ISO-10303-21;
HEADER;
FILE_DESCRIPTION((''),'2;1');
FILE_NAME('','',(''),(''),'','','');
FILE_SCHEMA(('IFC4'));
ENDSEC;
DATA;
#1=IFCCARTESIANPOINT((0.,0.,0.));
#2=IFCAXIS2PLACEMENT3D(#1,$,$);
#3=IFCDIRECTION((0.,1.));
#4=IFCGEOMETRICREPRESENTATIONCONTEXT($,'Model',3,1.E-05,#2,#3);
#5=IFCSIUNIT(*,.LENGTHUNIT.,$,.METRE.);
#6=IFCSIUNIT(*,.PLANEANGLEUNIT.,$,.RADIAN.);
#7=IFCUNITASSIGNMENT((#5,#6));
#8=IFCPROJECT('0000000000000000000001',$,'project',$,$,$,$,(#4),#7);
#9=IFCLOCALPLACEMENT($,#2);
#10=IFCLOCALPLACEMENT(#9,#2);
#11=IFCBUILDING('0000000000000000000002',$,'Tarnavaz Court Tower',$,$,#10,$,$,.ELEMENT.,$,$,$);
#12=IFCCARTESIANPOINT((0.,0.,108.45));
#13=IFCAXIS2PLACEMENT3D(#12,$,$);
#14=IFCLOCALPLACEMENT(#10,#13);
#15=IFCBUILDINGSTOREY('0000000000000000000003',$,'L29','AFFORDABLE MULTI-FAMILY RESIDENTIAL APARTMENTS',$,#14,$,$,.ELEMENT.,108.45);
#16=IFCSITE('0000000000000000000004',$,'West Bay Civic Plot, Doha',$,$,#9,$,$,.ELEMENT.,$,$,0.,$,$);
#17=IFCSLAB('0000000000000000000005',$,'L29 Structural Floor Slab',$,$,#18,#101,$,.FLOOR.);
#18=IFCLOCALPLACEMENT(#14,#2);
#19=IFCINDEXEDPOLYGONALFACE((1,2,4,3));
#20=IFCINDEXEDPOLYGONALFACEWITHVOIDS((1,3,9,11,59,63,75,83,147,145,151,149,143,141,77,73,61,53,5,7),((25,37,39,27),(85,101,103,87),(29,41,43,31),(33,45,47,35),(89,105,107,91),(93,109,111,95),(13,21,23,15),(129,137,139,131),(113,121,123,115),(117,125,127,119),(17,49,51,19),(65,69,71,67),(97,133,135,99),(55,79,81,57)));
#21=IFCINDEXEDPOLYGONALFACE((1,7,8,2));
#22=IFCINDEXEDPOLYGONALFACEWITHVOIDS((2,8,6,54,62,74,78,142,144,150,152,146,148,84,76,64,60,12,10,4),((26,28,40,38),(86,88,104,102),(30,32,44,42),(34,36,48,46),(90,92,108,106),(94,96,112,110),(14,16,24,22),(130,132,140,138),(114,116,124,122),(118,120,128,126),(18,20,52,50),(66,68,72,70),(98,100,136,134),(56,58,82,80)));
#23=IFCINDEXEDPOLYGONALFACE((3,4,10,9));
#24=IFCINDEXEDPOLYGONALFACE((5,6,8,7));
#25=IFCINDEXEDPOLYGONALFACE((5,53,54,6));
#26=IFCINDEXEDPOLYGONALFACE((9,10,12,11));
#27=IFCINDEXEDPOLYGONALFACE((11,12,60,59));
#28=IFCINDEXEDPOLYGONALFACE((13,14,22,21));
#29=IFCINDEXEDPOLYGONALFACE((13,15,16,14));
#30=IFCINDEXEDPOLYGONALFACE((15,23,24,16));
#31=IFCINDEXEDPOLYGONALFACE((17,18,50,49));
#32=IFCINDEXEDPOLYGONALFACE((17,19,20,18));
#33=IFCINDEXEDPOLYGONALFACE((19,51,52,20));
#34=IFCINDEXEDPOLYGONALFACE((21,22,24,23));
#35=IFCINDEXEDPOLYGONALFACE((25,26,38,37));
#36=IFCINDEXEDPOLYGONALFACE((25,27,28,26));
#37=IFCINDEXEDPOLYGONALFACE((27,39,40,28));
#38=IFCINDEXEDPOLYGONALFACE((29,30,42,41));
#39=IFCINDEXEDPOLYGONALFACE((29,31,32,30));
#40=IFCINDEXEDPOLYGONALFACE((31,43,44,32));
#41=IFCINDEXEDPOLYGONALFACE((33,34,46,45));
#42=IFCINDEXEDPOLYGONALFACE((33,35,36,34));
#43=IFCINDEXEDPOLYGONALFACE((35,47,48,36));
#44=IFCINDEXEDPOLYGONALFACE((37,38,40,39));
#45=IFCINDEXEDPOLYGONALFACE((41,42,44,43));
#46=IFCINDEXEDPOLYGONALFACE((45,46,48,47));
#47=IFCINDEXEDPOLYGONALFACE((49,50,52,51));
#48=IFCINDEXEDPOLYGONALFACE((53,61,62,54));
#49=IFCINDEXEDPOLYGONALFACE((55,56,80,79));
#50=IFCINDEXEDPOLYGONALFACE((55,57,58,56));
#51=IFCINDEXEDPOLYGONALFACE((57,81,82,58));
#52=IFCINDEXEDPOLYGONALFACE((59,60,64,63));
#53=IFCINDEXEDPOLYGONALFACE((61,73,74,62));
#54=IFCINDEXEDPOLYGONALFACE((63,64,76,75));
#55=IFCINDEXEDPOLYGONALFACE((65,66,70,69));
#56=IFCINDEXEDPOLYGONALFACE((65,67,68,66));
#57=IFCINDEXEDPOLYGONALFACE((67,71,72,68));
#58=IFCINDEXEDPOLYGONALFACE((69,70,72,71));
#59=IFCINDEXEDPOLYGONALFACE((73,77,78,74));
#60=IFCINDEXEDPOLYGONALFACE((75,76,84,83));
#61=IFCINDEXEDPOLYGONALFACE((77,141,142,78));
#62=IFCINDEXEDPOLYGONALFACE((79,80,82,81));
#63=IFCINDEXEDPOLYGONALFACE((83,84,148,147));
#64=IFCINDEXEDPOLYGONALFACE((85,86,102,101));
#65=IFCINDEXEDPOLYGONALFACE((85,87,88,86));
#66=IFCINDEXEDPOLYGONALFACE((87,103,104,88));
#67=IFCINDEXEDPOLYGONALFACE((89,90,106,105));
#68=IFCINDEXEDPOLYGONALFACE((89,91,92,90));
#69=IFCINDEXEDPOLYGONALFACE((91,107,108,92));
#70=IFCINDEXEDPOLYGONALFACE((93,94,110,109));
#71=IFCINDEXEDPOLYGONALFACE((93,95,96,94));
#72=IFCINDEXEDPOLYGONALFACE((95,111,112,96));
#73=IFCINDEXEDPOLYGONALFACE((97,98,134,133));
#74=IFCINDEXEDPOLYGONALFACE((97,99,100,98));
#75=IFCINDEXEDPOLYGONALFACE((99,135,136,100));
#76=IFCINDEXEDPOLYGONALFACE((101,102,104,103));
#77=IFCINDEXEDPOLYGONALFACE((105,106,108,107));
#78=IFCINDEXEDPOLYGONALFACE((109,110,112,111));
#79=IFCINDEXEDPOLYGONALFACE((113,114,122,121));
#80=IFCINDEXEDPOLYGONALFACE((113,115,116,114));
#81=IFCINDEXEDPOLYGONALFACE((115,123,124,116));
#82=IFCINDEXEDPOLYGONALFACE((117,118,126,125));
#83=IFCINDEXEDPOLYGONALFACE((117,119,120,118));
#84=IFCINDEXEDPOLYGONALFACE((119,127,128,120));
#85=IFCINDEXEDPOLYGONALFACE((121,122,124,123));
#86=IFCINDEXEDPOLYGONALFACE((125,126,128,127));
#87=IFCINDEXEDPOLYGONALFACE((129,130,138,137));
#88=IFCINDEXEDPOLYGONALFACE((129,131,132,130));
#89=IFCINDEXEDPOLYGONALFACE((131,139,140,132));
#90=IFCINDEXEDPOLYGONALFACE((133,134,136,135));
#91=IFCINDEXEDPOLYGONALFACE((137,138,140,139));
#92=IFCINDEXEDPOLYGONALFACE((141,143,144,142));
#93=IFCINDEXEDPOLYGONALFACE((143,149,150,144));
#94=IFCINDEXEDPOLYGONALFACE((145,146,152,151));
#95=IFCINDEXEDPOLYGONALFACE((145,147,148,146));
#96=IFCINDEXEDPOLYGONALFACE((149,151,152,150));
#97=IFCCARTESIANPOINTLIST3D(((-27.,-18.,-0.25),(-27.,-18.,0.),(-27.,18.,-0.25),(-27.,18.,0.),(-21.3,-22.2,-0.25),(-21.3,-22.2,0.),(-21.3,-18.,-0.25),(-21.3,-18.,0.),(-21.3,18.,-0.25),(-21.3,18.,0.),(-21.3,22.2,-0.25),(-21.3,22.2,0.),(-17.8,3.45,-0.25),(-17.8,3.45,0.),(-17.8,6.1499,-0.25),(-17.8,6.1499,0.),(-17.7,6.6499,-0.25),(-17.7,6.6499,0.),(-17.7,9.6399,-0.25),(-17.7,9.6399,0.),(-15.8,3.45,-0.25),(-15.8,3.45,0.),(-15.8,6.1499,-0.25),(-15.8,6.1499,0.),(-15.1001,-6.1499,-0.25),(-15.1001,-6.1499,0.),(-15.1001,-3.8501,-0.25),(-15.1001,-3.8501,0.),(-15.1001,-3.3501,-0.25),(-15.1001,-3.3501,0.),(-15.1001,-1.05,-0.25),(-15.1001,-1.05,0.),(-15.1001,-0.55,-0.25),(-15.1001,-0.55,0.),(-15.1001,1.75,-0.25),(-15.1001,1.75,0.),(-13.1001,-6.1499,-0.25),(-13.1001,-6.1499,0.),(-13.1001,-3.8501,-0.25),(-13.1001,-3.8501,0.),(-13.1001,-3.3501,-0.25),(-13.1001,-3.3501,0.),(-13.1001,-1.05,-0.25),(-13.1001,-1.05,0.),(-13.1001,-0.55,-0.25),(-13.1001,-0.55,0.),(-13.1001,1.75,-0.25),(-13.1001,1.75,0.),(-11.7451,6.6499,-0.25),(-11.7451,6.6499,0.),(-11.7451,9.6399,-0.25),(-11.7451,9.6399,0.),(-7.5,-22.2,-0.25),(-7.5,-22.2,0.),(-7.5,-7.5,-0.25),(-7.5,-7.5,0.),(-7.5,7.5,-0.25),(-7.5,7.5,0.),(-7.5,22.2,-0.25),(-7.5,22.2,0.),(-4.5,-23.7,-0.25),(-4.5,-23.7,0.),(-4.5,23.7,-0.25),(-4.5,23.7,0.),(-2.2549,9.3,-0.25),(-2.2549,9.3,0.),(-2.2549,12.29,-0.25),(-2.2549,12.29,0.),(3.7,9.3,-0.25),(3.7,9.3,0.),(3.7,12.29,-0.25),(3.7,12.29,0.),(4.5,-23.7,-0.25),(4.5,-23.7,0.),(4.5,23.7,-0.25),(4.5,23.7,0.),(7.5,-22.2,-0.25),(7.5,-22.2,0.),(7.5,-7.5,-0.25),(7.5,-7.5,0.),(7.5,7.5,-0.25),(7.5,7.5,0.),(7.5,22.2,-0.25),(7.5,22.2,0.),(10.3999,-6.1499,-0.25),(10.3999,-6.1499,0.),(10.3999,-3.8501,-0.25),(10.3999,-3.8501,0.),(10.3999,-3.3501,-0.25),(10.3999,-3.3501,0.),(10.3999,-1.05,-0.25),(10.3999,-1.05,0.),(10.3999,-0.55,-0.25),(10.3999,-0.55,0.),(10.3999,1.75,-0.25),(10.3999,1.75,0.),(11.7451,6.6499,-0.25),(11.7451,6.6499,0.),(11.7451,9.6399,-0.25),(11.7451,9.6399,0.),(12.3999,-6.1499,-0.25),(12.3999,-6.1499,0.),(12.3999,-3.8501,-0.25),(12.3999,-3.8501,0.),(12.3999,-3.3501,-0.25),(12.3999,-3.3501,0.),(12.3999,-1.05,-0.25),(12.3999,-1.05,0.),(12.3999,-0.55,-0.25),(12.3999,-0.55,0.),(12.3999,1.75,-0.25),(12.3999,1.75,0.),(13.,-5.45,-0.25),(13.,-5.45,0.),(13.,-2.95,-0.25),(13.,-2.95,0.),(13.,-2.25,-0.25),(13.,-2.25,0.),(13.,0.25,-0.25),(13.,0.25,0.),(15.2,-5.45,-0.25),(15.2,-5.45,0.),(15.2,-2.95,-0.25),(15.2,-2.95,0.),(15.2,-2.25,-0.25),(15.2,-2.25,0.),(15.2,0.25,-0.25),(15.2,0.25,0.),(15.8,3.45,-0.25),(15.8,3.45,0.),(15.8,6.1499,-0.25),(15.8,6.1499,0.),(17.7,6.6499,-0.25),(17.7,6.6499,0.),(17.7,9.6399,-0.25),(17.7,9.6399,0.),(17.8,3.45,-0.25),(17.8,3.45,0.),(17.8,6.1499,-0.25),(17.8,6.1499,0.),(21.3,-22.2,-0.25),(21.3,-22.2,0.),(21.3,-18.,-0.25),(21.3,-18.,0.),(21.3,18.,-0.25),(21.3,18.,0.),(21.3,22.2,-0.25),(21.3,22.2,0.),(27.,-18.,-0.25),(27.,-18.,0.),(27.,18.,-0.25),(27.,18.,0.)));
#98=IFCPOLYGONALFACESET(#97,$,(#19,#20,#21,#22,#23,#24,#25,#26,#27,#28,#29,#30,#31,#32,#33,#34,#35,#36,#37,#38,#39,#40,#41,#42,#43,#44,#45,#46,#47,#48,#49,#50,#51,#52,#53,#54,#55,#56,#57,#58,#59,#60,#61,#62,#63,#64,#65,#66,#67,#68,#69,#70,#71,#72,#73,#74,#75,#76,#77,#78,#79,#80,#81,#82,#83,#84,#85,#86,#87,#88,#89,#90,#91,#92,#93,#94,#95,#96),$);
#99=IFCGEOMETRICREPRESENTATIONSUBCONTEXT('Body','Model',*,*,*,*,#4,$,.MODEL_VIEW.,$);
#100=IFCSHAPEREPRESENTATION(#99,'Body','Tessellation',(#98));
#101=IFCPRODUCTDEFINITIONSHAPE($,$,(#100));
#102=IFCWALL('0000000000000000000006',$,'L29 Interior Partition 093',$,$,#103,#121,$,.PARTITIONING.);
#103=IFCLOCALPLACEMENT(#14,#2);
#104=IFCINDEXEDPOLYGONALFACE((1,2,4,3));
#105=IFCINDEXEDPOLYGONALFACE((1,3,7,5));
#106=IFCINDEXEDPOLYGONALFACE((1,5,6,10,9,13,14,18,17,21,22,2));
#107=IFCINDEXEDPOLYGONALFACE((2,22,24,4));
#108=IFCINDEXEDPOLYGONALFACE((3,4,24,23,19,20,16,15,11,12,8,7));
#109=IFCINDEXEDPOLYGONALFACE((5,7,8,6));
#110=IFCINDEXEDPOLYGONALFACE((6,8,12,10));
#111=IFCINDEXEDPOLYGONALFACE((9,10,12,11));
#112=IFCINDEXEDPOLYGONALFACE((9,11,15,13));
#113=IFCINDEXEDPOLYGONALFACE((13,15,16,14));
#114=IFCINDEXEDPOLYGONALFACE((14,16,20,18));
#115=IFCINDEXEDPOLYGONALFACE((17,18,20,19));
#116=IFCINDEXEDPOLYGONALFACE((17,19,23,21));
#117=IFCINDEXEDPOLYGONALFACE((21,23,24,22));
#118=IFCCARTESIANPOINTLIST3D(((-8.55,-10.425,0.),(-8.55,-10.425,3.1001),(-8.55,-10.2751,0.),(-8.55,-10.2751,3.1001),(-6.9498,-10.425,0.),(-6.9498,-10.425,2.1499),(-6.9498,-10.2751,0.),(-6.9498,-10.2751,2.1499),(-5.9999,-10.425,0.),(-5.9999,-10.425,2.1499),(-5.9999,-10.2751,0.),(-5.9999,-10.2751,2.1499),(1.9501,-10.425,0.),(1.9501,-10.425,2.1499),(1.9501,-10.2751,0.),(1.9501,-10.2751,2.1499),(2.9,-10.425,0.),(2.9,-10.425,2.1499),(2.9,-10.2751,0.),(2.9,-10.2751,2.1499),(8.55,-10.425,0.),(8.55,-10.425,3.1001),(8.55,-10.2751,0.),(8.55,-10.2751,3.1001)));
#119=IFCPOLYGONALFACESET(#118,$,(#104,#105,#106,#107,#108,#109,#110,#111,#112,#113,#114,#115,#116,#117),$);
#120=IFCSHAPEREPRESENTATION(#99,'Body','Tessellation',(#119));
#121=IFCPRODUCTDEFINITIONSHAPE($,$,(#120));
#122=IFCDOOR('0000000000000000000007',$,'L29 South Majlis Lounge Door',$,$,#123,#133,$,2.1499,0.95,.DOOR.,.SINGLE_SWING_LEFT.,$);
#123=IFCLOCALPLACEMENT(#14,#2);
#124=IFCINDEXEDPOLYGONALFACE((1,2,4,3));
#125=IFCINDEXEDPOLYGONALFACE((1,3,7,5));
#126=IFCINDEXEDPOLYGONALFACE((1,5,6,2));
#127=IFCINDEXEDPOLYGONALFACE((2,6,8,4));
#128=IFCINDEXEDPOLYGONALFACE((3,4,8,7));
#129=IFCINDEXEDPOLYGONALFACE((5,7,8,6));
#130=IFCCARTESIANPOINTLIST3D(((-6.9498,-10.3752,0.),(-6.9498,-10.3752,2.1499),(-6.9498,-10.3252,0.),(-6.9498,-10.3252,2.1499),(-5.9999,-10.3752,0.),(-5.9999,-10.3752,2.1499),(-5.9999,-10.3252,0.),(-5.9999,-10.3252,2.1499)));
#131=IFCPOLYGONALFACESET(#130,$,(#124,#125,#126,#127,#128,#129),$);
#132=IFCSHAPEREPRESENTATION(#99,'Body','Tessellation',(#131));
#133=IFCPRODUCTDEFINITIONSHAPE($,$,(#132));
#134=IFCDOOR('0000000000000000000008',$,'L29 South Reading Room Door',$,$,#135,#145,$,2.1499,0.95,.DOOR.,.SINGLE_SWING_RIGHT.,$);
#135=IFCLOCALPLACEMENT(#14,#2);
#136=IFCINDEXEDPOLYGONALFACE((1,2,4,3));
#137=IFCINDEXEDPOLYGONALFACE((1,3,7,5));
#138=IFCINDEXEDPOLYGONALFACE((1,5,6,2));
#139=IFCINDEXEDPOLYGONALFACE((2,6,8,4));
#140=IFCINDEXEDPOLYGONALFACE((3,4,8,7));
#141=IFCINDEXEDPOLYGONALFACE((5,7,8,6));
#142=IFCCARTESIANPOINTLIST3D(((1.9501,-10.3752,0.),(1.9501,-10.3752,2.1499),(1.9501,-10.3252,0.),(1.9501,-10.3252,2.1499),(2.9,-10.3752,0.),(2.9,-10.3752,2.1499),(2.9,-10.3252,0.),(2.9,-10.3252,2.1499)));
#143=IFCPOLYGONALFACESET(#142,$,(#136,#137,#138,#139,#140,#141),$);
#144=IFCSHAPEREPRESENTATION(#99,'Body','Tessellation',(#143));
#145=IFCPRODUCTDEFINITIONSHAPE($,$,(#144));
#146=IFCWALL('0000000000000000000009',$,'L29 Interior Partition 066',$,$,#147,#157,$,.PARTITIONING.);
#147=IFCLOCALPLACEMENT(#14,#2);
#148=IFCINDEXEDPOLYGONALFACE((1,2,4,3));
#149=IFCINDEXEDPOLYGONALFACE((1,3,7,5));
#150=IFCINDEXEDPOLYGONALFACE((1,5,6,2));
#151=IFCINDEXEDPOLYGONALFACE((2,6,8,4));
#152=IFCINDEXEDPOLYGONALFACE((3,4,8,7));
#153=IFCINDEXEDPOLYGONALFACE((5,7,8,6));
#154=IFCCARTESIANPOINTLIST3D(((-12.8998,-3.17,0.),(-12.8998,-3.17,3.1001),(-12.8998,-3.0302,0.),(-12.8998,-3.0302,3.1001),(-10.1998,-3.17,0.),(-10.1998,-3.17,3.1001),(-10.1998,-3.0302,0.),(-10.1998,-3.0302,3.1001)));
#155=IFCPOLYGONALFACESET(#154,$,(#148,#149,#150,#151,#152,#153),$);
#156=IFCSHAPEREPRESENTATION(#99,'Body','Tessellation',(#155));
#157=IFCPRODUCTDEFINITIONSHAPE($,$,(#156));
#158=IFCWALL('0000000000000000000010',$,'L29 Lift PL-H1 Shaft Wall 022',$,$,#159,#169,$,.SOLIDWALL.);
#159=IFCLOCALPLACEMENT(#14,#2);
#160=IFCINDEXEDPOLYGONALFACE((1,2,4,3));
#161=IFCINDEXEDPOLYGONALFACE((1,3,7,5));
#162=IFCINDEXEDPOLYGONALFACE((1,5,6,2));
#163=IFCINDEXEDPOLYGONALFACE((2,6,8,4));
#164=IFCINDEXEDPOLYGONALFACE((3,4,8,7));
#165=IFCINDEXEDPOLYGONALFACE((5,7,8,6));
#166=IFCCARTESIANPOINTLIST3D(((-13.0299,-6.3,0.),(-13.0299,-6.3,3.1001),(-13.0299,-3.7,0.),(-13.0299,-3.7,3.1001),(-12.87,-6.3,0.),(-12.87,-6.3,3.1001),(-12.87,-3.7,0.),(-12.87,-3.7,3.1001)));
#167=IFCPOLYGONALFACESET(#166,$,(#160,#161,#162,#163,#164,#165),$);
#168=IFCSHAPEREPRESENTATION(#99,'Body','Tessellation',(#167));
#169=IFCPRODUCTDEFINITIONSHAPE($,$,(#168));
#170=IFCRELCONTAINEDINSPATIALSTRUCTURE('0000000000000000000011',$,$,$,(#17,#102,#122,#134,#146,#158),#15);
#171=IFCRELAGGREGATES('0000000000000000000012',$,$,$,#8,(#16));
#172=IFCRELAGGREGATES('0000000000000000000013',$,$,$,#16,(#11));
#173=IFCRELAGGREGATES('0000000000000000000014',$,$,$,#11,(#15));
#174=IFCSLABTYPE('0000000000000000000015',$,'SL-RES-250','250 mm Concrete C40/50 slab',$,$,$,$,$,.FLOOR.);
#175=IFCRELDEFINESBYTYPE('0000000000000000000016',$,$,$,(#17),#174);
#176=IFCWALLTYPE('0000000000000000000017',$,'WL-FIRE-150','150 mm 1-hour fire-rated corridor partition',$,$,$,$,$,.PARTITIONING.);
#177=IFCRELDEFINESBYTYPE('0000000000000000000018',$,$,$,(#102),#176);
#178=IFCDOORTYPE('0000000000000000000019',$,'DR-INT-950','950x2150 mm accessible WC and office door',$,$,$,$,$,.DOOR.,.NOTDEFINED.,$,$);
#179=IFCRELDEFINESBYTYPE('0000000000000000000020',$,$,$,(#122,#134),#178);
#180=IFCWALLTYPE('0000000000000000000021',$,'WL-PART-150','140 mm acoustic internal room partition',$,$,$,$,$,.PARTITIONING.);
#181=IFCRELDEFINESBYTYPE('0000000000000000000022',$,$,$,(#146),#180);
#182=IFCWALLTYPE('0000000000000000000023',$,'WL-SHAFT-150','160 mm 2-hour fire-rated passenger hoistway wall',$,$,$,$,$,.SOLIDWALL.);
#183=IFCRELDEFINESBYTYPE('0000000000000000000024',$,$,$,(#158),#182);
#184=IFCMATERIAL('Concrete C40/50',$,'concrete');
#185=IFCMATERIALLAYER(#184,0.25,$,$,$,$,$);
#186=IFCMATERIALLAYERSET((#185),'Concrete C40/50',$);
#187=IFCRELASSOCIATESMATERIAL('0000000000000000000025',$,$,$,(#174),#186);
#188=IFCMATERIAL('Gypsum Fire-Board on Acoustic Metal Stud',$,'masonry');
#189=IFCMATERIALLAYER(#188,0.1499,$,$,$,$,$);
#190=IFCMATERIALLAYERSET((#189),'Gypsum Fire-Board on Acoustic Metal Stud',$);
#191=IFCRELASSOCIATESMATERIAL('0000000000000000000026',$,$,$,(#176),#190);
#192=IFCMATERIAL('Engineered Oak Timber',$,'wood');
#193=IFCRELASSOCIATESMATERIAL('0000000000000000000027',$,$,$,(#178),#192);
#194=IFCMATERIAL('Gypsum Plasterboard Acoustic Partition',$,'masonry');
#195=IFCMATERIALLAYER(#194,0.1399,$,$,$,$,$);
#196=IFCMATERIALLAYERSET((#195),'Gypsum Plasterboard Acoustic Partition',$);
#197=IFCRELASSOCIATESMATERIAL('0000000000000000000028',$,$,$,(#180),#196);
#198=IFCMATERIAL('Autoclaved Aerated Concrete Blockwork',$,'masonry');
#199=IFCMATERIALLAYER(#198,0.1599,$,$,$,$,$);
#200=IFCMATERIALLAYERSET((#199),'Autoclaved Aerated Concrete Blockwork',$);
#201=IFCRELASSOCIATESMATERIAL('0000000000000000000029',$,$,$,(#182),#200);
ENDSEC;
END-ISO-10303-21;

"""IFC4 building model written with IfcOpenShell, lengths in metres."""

from ifc_helpers import new_model, si_unit, direction, frame, frame_2d, origin, place, context, subcontext, project, spatial, polyline, rectangle, outline, extrude, material, layer, layer_set, type_object, element, fill, save


model = new_model("IFC4")

# Units and contexts
model_context = context("Model", 3, precision=1e-05, world=origin(), true_north=direction((0.0, 1.0)))
body_context = subcontext(model_context, "Body", "Model", "MODEL_VIEW")
ifc_project = project(units=[si_unit("LENGTHUNIT", "METRE"), si_unit("PLANEANGLEUNIT", "RADIAN")], contexts=[model_context])

# Site, building, storey
site_placement = place(None, origin())
site = spatial("IfcSite", under=ifc_project, at=site_placement, Name="West Bay Civic Plot, Doha", CompositionType="ELEMENT", RefElevation=0.0)
building_placement = place(site_placement, origin())
building = spatial("IfcBuilding", under=site, at=building_placement, Name="Tarnavaz Court Tower", CompositionType="ELEMENT")
storey_placement = place(building_placement, frame((0.0, 0.0, 108.45)))
storey = spatial("IfcBuildingStorey", under=building, at=storey_placement, Name="L29", Description="AFFORDABLE MULTI-FAMILY RESIDENTIAL APARTMENTS", CompositionType="ELEMENT", Elevation=108.45)

# Slab
ifc_material_1 = material(Name="Concrete C40/50", Category="concrete")
ifc_layer_1 = layer(ifc_material_1, 0.25)
ifc_layer_set_1 = layer_set([ifc_layer_1], Name="Concrete C40/50")
slab_type = type_object("IfcSlabType", Name="SL-RES-250", Description="250 mm Concrete C40/50 slab", PredefinedType="FLOOR", material=ifc_layer_set_1)
slab_placement = place(storey_placement, frame((0.0, 0.0, -0.25)))
element("IfcSlab", 1, at=slab_placement, inside=storey, type_object=slab_type, Name="L29 Structural Floor Slab", PredefinedType="FLOOR", context=body_context, shape_type="SweptSolid", body=[
    extrude(outline(polyline([(-21.3, -22.2), (-7.5, -22.2), (-4.5, -23.7), (4.5, -23.7), (7.5, -22.2), (21.3, -22.2), (21.3, -18.0), (27.0, -18.0), (27.0, 18.0), (21.3, 18.0), (21.3, 22.2), (7.5, 22.2), (4.5, 23.7), (-4.5, 23.7), (-7.5, 22.2), (-21.3, 22.2), (-21.3, 18.0), (-27.0, 18.0), (-27.0, -18.0), (-21.3, -18.0), (-21.3, -22.2)]), holes=[polyline([(-7.5, -7.5), (7.5, -7.5), (7.5, 7.5), (-7.5, 7.5), (-7.5, -7.5)]), polyline([(-11.7451, 9.6399), (-17.7, 9.6399), (-17.7, 6.6499), (-11.7451, 6.6499), (-11.7451, 9.6399)]), polyline([(11.7451, 6.6499), (17.7, 6.6499), (17.7, 9.6399), (11.7451, 9.6399), (11.7451, 6.6499)]), polyline([(-2.2549, 9.3), (3.7, 9.3), (3.7, 12.29), (-2.2549, 12.29), (-2.2549, 9.3)]), polyline([(-17.8, 3.45), (-15.8, 3.45), (-15.8, 6.1499), (-17.8, 6.1499), (-17.8, 3.45)]), polyline([(-15.1001, -6.1499), (-13.1001, -6.1499), (-13.1001, -3.8501), (-15.1001, -3.8501), (-15.1001, -6.1499)]), polyline([(-15.1001, -3.3501), (-13.1001, -3.3501), (-13.1001, -1.05), (-15.1001, -1.05), (-15.1001, -3.3501)]), polyline([(-15.1001, -0.55), (-13.1001, -0.55), (-13.1001, 1.75), (-15.1001, 1.75), (-15.1001, -0.55)]), polyline([(15.8, 3.45), (17.8, 3.45), (17.8, 6.1499), (15.8, 6.1499), (15.8, 3.45)]), polyline([(10.3999, -6.1499), (12.3999, -6.1499), (12.3999, -3.8501), (10.3999, -3.8501), (10.3999, -6.1499)]), polyline([(10.3999, -3.3501), (12.3999, -3.3501), (12.3999, -1.05), (10.3999, -1.05), (10.3999, -3.3501)]), polyline([(10.3999, -0.55), (12.3999, -0.55), (12.3999, 1.75), (10.3999, 1.75), (10.3999, -0.55)]), polyline([(13.0, -5.45), (15.2, -5.45), (15.2, -2.95), (13.0, -2.95), (13.0, -5.45)]), polyline([(13.0, -2.25), (15.2, -2.25), (15.2, 0.25), (13.0, 0.25), (13.0, -2.25)])]), origin(), (0.0, 0.0, 1.0), 0.25),
])

# Wall, openings, doors
ifc_material_2 = material(Name="Gypsum Fire-Board on Acoustic Metal Stud", Category="masonry")
ifc_layer_2 = layer(ifc_material_2, 0.1499)
ifc_layer_set_2 = layer_set([ifc_layer_2], Name="Gypsum Fire-Board on Acoustic Metal Stud")
wall_type_1 = type_object("IfcWallType", Name="WL-FIRE-150", Description="150 mm 1-hour fire-rated corridor partition", PredefinedType="PARTITIONING", material=ifc_layer_set_2)
wall_1_placement = place(storey_placement, frame((-8.55, -10.3501, 0.0), z_axis=(0.0, 0.0, 1.0), x_axis=(1.0, 0.0, 0.0)))
wall_1 = element("IfcWall", 2, at=wall_1_placement, inside=storey, type_object=wall_type_1, Name="L29 Interior Partition 093", PredefinedType="PARTITIONING", context=body_context, shape_type="SweptSolid", body=[
    extrude(rectangle(XDim=17.1001, YDim=0.1499, at=frame_2d((8.55, 0.0))), origin(), (0.0, 0.0, 1.0), 3.1001),
])
opening_1_placement = place(wall_1_placement, frame((1.6001, 0.0, 0.0)))
opening_1 = element("IfcOpeningElement", 3, at=opening_1_placement, cuts=wall_1, PredefinedType="OPENING", context=body_context, shape_type="SweptSolid", body=[
    extrude(rectangle(XDim=0.95, YDim=2.1499, at=frame_2d((0.4751, 1.075))), frame((0.0, 0.085, 0.0), z_axis=(0.0, -1.0, 0.0), x_axis=(1.0, 0.0, 0.0)), (0.0, 0.0, 1.0), 0.1699),
])
opening_2_placement = place(wall_1_placement, frame((10.5, 0.0, 0.0)))
opening_2 = element("IfcOpeningElement", 4, at=opening_2_placement, cuts=wall_1, PredefinedType="OPENING", context=body_context, shape_type="SweptSolid", body=[
    extrude(rectangle(XDim=0.95, YDim=2.1499, at=frame_2d((0.4751, 1.075))), frame((0.0, 0.085, 0.0), z_axis=(0.0, -1.0, 0.0), x_axis=(1.0, 0.0, 0.0)), (0.0, 0.0, 1.0), 0.1699),
])
ifc_material_3 = material(Name="Engineered Oak Timber", Category="wood")
door_type_1 = type_object("IfcDoorType", Name="DR-INT-950", Description="950x2150 mm accessible WC and office door", OperationType="NOTDEFINED", PredefinedType="DOOR", material=ifc_material_3)
door_1_placement = place(opening_1_placement, origin())
door_1 = element("IfcDoor", 5, at=door_1_placement, inside=storey, type_object=door_type_1, Name="L29 South Majlis Lounge Door", OperationType="SINGLE_SWING_LEFT", OverallHeight=2.1499, OverallWidth=0.95, PredefinedType="DOOR", context=body_context, shape_type="SweptSolid", body=[
    extrude(rectangle(XDim=0.95, YDim=2.1499, at=frame_2d((0.4751, 1.075))), frame((0.0, 0.0249, 0.0), z_axis=(0.0, -1.0, 0.0), x_axis=(1.0, 0.0, 0.0)), (0.0, 0.0, 1.0), 0.05),
])
fill(opening_1, door_1)
door_2_placement = place(opening_2_placement, origin())
door_2 = element("IfcDoor", 6, at=door_2_placement, inside=storey, type_object=door_type_1, Name="L29 South Reading Room Door", OperationType="SINGLE_SWING_RIGHT", OverallHeight=2.1499, OverallWidth=0.95, PredefinedType="DOOR", context=body_context, shape_type="SweptSolid", body=[
    extrude(rectangle(XDim=0.95, YDim=2.1499, at=frame_2d((0.4751, 1.075))), frame((0.0, 0.0249, 0.0), z_axis=(0.0, -1.0, 0.0), x_axis=(1.0, 0.0, 0.0)), (0.0, 0.0, 1.0), 0.05),
])
fill(opening_2, door_2)
ifc_material_4 = material(Name="Gypsum Plasterboard Acoustic Partition", Category="masonry")
ifc_layer_3 = layer(ifc_material_4, 0.1399)
ifc_layer_set_3 = layer_set([ifc_layer_3], Name="Gypsum Plasterboard Acoustic Partition")
wall_type_2 = type_object("IfcWallType", Name="WL-PART-150", Description="140 mm acoustic internal room partition", PredefinedType="PARTITIONING", material=ifc_layer_set_3)

# Walls
wall_2_placement = place(storey_placement, frame((-12.8999, -3.1001, 0.0), z_axis=(0.0, 0.0, 1.0), x_axis=(1.0, 0.0, 0.0)))
element("IfcWall", 7, at=wall_2_placement, inside=storey, type_object=wall_type_2, Name="L29 Interior Partition 066", PredefinedType="PARTITIONING", context=body_context, shape_type="SweptSolid", body=[
    extrude(rectangle(XDim=2.7, YDim=0.1399, at=frame_2d((1.3501, 0.0))), origin(), (0.0, 0.0, 1.0), 3.1001),
])
ifc_material_5 = material(Name="Autoclaved Aerated Concrete Blockwork", Category="masonry")
ifc_layer_4 = layer(ifc_material_5, 0.1599)
ifc_layer_set_4 = layer_set([ifc_layer_4], Name="Autoclaved Aerated Concrete Blockwork")
wall_type_3 = type_object("IfcWallType", Name="WL-SHAFT-150", Description="160 mm 2-hour fire-rated passenger hoistway wall", PredefinedType="SOLIDWALL", material=ifc_layer_set_4)
for number, where, z_axis, x_axis, name in (
    (8, (-12.95, -6.3, 0.0), (0.0, 0.0, 1.0), (0.0, 1.0, 0.0), "L29 Lift PL-H1 Shaft Wall 022"),
):
    element("IfcWall", number, at=place(storey_placement, frame(where, z_axis=z_axis, x_axis=x_axis)), inside=storey, type_object=wall_type_3, Name=name, PredefinedType="SOLIDWALL", context=body_context, shape_type="SweptSolid", body=[
        extrude(rectangle(XDim=2.6001, YDim=0.1599, at=frame_2d((1.3, 0.0))), origin(), (0.0, 0.0, 1.0), 3.1001),
    ])

save(model, "model.ifc")
